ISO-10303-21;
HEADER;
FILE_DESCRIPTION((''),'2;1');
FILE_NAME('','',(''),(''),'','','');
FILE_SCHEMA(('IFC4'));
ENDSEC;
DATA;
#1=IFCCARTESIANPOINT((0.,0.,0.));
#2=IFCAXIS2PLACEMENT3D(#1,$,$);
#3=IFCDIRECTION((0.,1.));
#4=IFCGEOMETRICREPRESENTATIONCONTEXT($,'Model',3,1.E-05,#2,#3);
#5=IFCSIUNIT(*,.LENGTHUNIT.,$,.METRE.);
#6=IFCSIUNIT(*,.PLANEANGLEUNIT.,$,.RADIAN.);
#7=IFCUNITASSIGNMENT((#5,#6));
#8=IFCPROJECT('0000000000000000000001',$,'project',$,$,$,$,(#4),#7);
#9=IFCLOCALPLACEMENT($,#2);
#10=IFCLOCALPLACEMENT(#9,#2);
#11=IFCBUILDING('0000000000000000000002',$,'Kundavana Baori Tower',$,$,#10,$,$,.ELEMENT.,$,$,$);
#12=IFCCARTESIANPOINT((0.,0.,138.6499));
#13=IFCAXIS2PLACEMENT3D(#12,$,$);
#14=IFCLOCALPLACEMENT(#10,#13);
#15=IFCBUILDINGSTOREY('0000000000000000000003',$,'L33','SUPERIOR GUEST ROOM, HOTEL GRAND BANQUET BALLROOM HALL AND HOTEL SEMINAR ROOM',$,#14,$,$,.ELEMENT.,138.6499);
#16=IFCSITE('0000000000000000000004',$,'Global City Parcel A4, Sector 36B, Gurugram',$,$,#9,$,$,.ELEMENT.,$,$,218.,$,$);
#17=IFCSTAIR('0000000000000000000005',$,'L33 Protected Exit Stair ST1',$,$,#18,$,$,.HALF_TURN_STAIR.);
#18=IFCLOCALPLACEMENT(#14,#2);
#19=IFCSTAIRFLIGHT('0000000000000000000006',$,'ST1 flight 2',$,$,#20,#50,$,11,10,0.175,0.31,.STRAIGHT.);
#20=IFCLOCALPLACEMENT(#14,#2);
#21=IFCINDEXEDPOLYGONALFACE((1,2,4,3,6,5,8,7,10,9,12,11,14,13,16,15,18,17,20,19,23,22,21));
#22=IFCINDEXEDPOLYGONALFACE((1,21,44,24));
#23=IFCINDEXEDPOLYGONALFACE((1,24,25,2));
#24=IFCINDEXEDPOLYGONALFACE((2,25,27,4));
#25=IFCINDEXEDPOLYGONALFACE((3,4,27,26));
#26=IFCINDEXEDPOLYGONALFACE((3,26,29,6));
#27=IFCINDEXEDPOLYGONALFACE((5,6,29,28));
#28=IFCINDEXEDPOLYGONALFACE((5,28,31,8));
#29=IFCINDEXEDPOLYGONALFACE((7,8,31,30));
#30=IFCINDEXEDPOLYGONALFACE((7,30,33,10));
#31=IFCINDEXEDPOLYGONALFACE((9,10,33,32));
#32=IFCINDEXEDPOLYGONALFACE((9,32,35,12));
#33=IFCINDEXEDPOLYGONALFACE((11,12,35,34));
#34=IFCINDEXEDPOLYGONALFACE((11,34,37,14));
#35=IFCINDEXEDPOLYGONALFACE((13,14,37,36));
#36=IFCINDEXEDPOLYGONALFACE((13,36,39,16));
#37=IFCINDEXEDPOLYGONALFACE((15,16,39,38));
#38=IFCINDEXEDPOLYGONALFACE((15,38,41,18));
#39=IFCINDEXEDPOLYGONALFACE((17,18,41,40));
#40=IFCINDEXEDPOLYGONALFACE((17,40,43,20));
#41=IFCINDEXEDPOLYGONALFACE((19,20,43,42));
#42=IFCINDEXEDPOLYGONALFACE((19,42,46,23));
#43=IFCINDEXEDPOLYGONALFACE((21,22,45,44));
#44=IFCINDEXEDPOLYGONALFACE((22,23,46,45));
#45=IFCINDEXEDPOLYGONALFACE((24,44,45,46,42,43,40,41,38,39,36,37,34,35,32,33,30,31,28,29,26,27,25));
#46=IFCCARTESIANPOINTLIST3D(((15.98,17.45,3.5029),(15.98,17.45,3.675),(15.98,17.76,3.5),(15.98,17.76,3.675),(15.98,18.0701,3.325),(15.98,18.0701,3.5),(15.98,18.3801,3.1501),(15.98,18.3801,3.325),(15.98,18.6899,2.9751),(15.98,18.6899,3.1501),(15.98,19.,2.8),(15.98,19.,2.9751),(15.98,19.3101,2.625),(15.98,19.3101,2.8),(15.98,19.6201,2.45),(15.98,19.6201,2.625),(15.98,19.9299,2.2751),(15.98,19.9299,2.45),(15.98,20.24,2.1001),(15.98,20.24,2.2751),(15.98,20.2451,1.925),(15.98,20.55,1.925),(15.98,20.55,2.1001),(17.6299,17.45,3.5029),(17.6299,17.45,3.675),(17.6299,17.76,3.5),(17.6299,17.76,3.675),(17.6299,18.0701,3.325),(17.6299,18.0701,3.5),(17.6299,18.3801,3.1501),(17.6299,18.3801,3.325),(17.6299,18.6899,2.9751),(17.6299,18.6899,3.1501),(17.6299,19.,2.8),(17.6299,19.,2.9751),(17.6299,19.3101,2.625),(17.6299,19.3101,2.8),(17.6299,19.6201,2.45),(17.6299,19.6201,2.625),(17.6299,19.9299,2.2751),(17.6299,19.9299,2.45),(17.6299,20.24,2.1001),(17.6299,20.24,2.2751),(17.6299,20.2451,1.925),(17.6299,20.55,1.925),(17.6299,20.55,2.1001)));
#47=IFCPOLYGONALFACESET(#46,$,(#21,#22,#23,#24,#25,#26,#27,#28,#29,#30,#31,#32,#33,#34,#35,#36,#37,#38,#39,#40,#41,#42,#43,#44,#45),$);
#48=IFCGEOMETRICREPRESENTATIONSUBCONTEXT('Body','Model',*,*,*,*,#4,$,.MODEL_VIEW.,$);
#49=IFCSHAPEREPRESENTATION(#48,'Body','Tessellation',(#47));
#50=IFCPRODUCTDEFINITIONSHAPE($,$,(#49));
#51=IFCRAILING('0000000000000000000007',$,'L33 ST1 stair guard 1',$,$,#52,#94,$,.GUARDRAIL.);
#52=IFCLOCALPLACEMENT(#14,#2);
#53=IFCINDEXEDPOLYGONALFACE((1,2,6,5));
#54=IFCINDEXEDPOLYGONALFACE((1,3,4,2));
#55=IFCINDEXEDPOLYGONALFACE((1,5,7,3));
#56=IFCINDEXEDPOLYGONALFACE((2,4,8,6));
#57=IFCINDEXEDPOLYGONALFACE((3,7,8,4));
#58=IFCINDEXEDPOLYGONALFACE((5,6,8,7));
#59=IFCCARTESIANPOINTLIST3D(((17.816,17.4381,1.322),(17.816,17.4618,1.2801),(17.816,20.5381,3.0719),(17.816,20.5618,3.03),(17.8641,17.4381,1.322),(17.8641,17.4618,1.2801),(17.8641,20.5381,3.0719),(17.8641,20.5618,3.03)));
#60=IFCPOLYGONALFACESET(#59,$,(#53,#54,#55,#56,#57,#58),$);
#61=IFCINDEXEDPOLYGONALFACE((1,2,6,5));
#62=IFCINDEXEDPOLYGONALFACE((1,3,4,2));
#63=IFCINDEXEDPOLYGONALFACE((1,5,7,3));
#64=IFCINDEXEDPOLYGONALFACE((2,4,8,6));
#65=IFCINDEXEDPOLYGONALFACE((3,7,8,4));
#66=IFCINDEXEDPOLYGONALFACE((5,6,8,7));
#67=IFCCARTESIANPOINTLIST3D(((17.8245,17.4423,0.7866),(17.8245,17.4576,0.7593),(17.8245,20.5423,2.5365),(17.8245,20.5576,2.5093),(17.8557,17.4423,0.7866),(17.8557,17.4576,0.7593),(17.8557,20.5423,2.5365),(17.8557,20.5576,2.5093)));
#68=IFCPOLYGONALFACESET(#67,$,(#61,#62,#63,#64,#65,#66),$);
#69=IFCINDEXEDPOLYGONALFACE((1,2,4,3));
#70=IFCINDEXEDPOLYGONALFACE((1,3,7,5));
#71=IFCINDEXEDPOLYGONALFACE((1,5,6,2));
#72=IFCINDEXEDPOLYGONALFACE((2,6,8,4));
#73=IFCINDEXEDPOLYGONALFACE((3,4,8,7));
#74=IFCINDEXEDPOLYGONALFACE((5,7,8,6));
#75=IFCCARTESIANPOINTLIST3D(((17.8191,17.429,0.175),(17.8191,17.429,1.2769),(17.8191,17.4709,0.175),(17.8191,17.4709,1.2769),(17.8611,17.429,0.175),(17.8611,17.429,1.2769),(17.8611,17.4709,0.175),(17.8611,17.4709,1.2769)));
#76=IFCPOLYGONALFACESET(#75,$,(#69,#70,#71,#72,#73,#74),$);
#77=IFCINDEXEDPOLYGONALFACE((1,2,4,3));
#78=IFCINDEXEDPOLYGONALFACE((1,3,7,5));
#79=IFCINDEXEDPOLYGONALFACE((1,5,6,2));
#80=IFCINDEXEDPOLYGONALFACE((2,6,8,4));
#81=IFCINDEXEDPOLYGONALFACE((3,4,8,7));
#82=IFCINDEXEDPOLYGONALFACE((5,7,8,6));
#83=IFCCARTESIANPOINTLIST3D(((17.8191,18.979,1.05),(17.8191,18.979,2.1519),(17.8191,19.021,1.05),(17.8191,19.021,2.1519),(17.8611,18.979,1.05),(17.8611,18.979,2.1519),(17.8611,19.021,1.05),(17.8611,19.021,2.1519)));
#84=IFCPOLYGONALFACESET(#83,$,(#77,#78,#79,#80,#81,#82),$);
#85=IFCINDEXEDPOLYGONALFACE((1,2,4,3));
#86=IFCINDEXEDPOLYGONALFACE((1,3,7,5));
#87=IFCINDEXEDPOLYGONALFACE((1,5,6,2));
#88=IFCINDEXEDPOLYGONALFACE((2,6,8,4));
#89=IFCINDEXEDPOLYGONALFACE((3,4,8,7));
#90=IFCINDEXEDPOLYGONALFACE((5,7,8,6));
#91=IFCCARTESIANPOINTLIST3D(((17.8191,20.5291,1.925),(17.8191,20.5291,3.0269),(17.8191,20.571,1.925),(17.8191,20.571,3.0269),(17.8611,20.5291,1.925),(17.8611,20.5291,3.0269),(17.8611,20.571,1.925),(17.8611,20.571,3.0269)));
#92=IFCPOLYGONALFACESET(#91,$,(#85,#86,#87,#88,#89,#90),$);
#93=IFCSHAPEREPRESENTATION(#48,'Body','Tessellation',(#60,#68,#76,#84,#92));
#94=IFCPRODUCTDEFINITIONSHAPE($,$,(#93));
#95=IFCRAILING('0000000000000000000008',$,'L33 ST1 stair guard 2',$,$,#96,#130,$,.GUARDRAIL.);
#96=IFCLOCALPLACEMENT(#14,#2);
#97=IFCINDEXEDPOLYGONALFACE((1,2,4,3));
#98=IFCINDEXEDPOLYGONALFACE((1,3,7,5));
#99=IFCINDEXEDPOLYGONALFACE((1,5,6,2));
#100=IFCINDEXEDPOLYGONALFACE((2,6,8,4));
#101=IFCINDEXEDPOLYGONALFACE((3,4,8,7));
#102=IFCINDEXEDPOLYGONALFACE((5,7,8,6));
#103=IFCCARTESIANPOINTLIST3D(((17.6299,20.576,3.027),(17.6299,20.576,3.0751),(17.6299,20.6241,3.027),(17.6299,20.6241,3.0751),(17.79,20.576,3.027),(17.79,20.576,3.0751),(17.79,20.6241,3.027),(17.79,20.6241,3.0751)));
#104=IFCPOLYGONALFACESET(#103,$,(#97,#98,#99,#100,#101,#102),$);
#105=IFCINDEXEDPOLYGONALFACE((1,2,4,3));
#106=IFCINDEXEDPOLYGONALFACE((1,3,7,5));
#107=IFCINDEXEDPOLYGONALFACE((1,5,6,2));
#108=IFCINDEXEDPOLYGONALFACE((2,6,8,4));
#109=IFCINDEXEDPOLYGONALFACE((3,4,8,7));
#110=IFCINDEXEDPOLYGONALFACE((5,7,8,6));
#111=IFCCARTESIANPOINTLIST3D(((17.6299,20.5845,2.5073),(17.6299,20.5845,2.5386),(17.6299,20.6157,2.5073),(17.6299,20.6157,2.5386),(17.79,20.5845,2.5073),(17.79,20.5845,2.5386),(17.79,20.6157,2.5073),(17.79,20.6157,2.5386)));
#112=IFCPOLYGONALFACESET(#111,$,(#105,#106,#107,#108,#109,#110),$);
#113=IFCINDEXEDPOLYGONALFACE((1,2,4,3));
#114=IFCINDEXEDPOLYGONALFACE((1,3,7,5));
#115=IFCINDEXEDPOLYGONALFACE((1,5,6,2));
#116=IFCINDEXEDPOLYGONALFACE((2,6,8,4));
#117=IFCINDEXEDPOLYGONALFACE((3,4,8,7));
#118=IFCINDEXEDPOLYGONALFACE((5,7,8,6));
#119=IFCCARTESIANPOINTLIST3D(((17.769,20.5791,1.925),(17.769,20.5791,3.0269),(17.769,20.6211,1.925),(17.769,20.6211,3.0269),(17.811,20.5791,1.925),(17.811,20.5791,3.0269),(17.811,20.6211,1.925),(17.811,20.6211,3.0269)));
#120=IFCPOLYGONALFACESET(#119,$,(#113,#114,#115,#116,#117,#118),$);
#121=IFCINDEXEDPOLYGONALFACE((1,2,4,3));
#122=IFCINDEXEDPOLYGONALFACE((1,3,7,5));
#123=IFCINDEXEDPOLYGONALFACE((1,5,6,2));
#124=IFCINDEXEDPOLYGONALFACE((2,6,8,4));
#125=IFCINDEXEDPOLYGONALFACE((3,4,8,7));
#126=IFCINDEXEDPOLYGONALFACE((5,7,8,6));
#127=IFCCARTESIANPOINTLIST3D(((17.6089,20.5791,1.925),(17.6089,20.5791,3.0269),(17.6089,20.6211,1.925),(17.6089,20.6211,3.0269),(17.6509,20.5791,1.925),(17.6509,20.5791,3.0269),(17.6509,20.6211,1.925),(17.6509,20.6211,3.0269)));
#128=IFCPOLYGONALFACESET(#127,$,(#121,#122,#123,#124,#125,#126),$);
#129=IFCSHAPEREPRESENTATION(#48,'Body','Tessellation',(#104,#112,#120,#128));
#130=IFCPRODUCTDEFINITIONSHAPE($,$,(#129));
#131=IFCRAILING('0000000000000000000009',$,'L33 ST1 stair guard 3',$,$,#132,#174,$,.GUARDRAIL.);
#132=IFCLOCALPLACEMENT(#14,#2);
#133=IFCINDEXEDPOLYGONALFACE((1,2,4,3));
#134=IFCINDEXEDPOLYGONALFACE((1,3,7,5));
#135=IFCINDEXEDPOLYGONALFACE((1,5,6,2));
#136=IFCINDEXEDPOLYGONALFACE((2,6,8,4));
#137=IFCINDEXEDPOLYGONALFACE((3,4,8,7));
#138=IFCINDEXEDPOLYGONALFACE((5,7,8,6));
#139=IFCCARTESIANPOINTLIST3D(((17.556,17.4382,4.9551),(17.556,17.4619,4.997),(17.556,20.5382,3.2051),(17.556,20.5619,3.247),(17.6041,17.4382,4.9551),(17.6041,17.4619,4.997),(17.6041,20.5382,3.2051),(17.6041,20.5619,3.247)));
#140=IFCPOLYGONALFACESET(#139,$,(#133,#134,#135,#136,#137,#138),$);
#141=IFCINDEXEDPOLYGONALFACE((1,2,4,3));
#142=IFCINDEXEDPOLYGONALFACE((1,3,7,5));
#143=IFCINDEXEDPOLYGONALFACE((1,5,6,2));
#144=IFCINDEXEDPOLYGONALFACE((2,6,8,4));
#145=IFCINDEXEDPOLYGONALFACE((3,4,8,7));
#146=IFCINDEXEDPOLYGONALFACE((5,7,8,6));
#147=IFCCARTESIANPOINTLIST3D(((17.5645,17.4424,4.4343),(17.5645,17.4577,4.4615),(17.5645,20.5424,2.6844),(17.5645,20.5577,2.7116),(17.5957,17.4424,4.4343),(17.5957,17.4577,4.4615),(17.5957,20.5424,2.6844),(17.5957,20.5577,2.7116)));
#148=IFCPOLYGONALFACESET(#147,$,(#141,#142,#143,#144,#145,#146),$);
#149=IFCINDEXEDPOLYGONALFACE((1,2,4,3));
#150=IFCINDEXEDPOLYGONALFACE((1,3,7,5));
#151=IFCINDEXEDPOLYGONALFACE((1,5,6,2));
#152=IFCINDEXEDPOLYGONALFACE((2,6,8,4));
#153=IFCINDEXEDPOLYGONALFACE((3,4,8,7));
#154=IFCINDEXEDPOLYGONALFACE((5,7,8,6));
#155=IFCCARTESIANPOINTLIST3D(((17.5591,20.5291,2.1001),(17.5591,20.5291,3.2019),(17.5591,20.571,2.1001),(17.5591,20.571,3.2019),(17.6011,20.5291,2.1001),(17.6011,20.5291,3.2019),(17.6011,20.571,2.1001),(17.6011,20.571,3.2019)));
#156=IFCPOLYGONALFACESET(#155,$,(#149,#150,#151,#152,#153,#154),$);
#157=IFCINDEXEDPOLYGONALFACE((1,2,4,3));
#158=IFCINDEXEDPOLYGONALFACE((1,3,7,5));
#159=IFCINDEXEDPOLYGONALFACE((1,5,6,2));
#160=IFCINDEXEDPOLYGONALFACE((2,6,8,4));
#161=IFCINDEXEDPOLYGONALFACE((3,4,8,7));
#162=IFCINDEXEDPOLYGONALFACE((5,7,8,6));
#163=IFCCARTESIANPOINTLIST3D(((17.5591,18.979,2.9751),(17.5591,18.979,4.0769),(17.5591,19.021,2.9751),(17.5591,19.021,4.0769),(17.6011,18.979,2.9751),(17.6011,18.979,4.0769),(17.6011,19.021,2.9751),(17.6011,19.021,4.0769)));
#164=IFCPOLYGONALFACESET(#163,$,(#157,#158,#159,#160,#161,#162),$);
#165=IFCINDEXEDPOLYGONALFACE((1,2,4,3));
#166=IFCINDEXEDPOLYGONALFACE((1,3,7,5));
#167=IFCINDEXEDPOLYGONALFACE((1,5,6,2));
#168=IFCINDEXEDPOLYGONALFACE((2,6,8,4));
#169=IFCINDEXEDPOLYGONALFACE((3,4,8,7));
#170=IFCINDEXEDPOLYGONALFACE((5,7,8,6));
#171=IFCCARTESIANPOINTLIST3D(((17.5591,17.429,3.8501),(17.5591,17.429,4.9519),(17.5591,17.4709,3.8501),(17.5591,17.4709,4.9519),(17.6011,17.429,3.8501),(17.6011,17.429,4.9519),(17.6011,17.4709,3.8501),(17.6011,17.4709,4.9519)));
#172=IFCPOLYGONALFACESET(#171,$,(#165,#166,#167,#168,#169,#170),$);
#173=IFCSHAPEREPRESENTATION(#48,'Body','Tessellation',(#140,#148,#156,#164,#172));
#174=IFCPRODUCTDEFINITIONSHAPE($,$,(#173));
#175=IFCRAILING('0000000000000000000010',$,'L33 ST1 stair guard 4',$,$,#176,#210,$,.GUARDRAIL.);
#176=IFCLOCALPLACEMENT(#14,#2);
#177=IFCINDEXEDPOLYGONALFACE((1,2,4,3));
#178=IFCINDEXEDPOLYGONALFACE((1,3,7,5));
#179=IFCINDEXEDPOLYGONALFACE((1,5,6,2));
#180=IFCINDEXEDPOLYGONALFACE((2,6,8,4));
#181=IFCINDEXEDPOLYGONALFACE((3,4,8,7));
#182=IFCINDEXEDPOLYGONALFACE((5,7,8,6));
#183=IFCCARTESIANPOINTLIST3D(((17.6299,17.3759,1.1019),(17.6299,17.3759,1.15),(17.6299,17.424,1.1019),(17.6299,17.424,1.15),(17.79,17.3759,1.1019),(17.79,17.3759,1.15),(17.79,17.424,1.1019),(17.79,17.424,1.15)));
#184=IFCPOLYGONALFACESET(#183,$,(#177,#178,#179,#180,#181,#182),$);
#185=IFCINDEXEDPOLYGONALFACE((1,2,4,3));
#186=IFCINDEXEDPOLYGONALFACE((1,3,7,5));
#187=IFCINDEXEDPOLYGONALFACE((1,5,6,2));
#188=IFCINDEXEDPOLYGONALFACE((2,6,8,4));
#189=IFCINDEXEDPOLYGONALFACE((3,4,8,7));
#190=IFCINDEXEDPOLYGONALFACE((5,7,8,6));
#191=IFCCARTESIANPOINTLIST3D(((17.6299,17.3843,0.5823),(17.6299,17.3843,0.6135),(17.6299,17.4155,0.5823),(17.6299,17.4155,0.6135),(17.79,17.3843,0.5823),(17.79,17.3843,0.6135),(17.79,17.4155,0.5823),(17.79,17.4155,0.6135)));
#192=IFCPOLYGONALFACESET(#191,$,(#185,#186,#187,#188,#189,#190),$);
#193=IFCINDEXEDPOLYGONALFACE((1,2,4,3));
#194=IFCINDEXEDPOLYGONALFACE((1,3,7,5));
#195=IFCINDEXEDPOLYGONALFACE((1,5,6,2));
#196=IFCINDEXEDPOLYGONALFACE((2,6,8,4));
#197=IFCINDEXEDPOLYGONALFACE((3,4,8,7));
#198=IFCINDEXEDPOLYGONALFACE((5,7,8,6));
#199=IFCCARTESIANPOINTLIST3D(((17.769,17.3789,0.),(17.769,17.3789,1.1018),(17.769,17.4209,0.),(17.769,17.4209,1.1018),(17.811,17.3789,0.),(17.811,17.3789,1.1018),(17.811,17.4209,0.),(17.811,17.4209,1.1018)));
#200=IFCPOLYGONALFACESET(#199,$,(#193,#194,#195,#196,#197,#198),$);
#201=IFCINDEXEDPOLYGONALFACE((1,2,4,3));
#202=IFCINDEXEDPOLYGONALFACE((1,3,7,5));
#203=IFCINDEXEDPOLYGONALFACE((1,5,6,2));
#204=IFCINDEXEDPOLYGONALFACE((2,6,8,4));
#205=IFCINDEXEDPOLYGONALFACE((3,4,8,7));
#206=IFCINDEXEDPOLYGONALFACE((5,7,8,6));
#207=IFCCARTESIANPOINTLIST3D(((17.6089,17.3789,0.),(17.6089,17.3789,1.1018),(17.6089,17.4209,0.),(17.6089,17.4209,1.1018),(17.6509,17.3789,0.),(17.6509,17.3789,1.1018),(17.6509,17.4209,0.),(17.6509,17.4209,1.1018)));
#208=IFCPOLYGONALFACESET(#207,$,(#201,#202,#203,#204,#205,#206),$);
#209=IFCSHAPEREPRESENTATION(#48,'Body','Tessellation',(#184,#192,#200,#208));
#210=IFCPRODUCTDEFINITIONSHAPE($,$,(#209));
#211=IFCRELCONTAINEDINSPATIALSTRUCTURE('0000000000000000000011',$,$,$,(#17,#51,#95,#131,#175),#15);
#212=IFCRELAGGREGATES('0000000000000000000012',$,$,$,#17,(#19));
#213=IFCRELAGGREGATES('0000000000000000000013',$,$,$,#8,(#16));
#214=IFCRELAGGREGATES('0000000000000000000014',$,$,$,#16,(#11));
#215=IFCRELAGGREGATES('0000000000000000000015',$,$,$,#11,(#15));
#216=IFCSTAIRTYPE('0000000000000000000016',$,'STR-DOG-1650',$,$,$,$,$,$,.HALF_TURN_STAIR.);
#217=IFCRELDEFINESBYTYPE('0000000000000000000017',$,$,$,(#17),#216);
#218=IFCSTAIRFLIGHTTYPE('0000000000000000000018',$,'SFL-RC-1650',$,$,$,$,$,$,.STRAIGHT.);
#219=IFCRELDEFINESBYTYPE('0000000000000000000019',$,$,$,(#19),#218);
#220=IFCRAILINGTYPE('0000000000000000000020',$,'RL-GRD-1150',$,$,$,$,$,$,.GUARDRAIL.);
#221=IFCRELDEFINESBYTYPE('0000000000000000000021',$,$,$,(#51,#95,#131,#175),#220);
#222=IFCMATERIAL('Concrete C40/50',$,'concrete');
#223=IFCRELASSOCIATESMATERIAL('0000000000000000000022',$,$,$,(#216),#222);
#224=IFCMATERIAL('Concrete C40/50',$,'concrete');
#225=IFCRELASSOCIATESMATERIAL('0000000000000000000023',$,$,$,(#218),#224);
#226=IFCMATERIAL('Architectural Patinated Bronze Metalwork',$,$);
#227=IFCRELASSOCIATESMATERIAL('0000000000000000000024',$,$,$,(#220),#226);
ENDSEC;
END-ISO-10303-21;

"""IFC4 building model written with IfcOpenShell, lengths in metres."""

from ifc_helpers import new_model, si_unit, direction, frame, origin, origin_2d, place, context, subcontext, project, spatial, polyline, rectangle, outline, extrude, material, type_object, element, aggregate, save


model = new_model("IFC4")

# Units and contexts
model_context = context("Model", 3, precision=1e-05, world=origin(), true_north=direction((0.0, 1.0)))
body_context = subcontext(model_context, "Body", "Model", "MODEL_VIEW")
ifc_project = project(units=[si_unit("LENGTHUNIT", "METRE"), si_unit("PLANEANGLEUNIT", "RADIAN")], contexts=[model_context])

# Site, building, storey
site_placement = place(None, origin())
site = spatial("IfcSite", under=ifc_project, at=site_placement, Name="Global City Parcel A4, Sector 36B, Gurugram", CompositionType="ELEMENT", RefElevation=218.0)
building_placement = place(site_placement, origin())
building = spatial("IfcBuilding", under=site, at=building_placement, Name="Kundavana Baori Tower", CompositionType="ELEMENT")
storey_placement = place(building_placement, frame((0.0, 0.0, 138.6499)))
storey = spatial("IfcBuildingStorey", under=building, at=storey_placement, Name="L33", Description="SUPERIOR GUEST ROOM, HOTEL GRAND BANQUET BALLROOM HALL AND HOTEL SEMINAR ROOM", CompositionType="ELEMENT", Elevation=138.6499)

# Stair, stair flight
ifc_material_1 = material(Name="Concrete C40/50", Category="concrete")
stair_type = type_object("IfcStairType", Name="STR-DOG-1650", PredefinedType="HALF_TURN_STAIR", material=ifc_material_1)
stair_placement = place(storey_placement, origin())
stair = element("IfcStair", 1, at=stair_placement, inside=storey, type_object=stair_type, Name="L33 Protected Exit Stair ST1", PredefinedType="HALF_TURN_STAIR")
ifc_material_2 = material(Name="Concrete C40/50", Category="concrete")
stair_flight_type = type_object("IfcStairFlightType", Name="SFL-RC-1650", PredefinedType="STRAIGHT", material=ifc_material_2)
stair_flight_1_placement = place(storey_placement, frame((16.8049, 20.55, 1.925), z_axis=(0.0, 0.0, 1.0), x_axis=(0.0, -1.0, 0.0)))
stair_flight_1 = element("IfcStairFlight", 2, at=stair_flight_1_placement, type_object=stair_flight_type, Name="ST1 flight 2", NumberOfRisers=11, NumberOfTreads=10, PredefinedType="STRAIGHT", RiserHeight=0.175, TreadLength=0.31, context=body_context, shape_type="SweptSolid", body=[
    extrude(outline(polyline([(0.0, 0.0), (0.0, 0.175), (0.3101, 0.175), (0.3101, 0.3501), (0.6201, 0.3501), (0.6201, 0.5249), (0.9299, 0.5249), (0.9299, 0.7), (1.24, 0.7), (1.24, 0.875), (1.55, 0.875), (1.55, 1.05), (1.8601, 1.05), (1.8601, 1.2251), (2.1699, 1.2251), (2.1699, 1.3999), (2.48, 1.3999), (2.48, 1.575), (2.79, 1.575), (2.79, 1.75), (3.1001, 1.75), (3.1001, 1.925), (3.1001, 1.5779), (0.3049, 0.0), (0.0, 0.0)])), frame((0.0, 0.825, 0.0), z_axis=(0.0, -1.0, 0.0), x_axis=(1.0, 0.0, 0.0)), (0.0, 0.0, 1.0), 1.6499),
])
aggregate(stair, [stair_flight_1])

# Railings
ifc_material_3 = material(Name="Architectural Patinated Bronze Metalwork")
railing_type_1 = type_object("IfcRailingType", Name="RL-GRD-1150", PredefinedType="GUARDRAIL", material=ifc_material_3)
railing_1_placement = place(storey_placement, frame((17.8401, 17.45, 0.175)))
element("IfcRailing", 3, at=railing_1_placement, inside=storey, type_object=railing_type_1, Name="L33 ST1 stair guard 1", PredefinedType="GUARDRAIL", context=body_context, shape_type="SweptSolid", body=[
    extrude(rectangle(XDim=0.0481, YDim=0.0481, at=origin_2d()), frame((0.0, 0.0, 1.126), z_axis=(0.0, 0.870831, 0.491583), x_axis=(-1.0, 0.0, 0.0)), (0.0, 0.0, 1.0), 3.5598),
    extrude(rectangle(XDim=0.0312, YDim=0.0312, at=origin_2d()), frame((0.0, 0.0, 0.5979), z_axis=(0.0, 0.870831, 0.491583), x_axis=(-1.0, 0.0, 0.0)), (0.0, 0.0, 1.0), 3.5598),
    extrude(rectangle(XDim=0.042, YDim=0.042, at=origin_2d()), origin(), (0.0, 0.0, 1.0), 1.1018),
    extrude(rectangle(XDim=0.042, YDim=0.042, at=origin_2d()), frame((0.0, 1.55, 0.875)), (0.0, 0.0, 1.0), 1.1018),
    extrude(rectangle(XDim=0.042, YDim=0.042, at=origin_2d()), frame((0.0, 3.1001, 1.75)), (0.0, 0.0, 1.0), 1.1018),
])
railing_2_placement = place(storey_placement, frame((17.79, 20.6001, 1.925)))
element("IfcRailing", 4, at=railing_2_placement, inside=storey, type_object=railing_type_1, Name="L33 ST1 stair guard 2", PredefinedType="GUARDRAIL", context=body_context, shape_type="SweptSolid", body=[
    extrude(rectangle(XDim=0.0481, YDim=0.0481, at=origin_2d()), frame((0.0, 0.0, 1.126), z_axis=(-1.0, 0.0, 0.0), x_axis=(0.0, -1.0, 0.0)), (0.0, 0.0, 1.0), 0.1602),
    extrude(rectangle(XDim=0.0312, YDim=0.0312, at=origin_2d()), frame((0.0, 0.0, 0.5979), z_axis=(-1.0, 0.0, 0.0), x_axis=(0.0, -1.0, 0.0)), (0.0, 0.0, 1.0), 0.1602),
    extrude(rectangle(XDim=0.042, YDim=0.042, at=origin_2d()), origin(), (0.0, 0.0, 1.0), 1.1018),
    extrude(rectangle(XDim=0.042, YDim=0.042, at=origin_2d()), frame((-0.1602, 0.0, 0.0)), (0.0, 0.0, 1.0), 1.1018),
])
railing_3_placement = place(storey_placement, frame((17.5801, 20.55, 2.1001)))
element("IfcRailing", 5, at=railing_3_placement, inside=storey, type_object=railing_type_1, Name="L33 ST1 stair guard 3", PredefinedType="GUARDRAIL", context=body_context, shape_type="SweptSolid", body=[
    extrude(rectangle(XDim=0.0481, YDim=0.0481, at=origin_2d()), frame((0.0, 0.0, 1.126), z_axis=(0.0, -0.870831, 0.491583), x_axis=(1.0, 0.0, 0.0)), (0.0, 0.0, 1.0), 3.5598),
    extrude(rectangle(XDim=0.0312, YDim=0.0312, at=origin_2d()), frame((0.0, 0.0, 0.5979), z_axis=(0.0, -0.870831, 0.491583), x_axis=(1.0, 0.0, 0.0)), (0.0, 0.0, 1.0), 3.5598),
    extrude(rectangle(XDim=0.042, YDim=0.042, at=origin_2d()), origin(), (0.0, 0.0, 1.0), 1.1018),
    extrude(rectangle(XDim=0.042, YDim=0.042, at=origin_2d()), frame((0.0, -1.55, 0.875)), (0.0, 0.0, 1.0), 1.1018),
    extrude(rectangle(XDim=0.042, YDim=0.042, at=origin_2d()), frame((0.0, -3.1001, 1.75)), (0.0, 0.0, 1.0), 1.1018),
])
railing_4_placement = place(storey_placement, frame((17.79, 17.3999, 0.0)))
element("IfcRailing", 6, at=railing_4_placement, inside=storey, type_object=railing_type_1, Name="L33 ST1 stair guard 4", PredefinedType="GUARDRAIL", context=body_context, shape_type="SweptSolid", body=[
    extrude(rectangle(XDim=0.0481, YDim=0.0481, at=origin_2d()), frame((0.0, 0.0, 1.126), z_axis=(-1.0, 0.0, 0.0), x_axis=(0.0, -1.0, 0.0)), (0.0, 0.0, 1.0), 0.1602),
    extrude(rectangle(XDim=0.0312, YDim=0.0312, at=origin_2d()), frame((0.0, 0.0, 0.5979), z_axis=(-1.0, 0.0, 0.0), x_axis=(0.0, -1.0, 0.0)), (0.0, 0.0, 1.0), 0.1602),
    extrude(rectangle(XDim=0.042, YDim=0.042, at=origin_2d()), origin(), (0.0, 0.0, 1.0), 1.1018),
    extrude(rectangle(XDim=0.042, YDim=0.042, at=origin_2d()), frame((-0.1602, 0.0, 0.0)), (0.0, 0.0, 1.0), 1.1018),
])

save(model, "model.ifc")
